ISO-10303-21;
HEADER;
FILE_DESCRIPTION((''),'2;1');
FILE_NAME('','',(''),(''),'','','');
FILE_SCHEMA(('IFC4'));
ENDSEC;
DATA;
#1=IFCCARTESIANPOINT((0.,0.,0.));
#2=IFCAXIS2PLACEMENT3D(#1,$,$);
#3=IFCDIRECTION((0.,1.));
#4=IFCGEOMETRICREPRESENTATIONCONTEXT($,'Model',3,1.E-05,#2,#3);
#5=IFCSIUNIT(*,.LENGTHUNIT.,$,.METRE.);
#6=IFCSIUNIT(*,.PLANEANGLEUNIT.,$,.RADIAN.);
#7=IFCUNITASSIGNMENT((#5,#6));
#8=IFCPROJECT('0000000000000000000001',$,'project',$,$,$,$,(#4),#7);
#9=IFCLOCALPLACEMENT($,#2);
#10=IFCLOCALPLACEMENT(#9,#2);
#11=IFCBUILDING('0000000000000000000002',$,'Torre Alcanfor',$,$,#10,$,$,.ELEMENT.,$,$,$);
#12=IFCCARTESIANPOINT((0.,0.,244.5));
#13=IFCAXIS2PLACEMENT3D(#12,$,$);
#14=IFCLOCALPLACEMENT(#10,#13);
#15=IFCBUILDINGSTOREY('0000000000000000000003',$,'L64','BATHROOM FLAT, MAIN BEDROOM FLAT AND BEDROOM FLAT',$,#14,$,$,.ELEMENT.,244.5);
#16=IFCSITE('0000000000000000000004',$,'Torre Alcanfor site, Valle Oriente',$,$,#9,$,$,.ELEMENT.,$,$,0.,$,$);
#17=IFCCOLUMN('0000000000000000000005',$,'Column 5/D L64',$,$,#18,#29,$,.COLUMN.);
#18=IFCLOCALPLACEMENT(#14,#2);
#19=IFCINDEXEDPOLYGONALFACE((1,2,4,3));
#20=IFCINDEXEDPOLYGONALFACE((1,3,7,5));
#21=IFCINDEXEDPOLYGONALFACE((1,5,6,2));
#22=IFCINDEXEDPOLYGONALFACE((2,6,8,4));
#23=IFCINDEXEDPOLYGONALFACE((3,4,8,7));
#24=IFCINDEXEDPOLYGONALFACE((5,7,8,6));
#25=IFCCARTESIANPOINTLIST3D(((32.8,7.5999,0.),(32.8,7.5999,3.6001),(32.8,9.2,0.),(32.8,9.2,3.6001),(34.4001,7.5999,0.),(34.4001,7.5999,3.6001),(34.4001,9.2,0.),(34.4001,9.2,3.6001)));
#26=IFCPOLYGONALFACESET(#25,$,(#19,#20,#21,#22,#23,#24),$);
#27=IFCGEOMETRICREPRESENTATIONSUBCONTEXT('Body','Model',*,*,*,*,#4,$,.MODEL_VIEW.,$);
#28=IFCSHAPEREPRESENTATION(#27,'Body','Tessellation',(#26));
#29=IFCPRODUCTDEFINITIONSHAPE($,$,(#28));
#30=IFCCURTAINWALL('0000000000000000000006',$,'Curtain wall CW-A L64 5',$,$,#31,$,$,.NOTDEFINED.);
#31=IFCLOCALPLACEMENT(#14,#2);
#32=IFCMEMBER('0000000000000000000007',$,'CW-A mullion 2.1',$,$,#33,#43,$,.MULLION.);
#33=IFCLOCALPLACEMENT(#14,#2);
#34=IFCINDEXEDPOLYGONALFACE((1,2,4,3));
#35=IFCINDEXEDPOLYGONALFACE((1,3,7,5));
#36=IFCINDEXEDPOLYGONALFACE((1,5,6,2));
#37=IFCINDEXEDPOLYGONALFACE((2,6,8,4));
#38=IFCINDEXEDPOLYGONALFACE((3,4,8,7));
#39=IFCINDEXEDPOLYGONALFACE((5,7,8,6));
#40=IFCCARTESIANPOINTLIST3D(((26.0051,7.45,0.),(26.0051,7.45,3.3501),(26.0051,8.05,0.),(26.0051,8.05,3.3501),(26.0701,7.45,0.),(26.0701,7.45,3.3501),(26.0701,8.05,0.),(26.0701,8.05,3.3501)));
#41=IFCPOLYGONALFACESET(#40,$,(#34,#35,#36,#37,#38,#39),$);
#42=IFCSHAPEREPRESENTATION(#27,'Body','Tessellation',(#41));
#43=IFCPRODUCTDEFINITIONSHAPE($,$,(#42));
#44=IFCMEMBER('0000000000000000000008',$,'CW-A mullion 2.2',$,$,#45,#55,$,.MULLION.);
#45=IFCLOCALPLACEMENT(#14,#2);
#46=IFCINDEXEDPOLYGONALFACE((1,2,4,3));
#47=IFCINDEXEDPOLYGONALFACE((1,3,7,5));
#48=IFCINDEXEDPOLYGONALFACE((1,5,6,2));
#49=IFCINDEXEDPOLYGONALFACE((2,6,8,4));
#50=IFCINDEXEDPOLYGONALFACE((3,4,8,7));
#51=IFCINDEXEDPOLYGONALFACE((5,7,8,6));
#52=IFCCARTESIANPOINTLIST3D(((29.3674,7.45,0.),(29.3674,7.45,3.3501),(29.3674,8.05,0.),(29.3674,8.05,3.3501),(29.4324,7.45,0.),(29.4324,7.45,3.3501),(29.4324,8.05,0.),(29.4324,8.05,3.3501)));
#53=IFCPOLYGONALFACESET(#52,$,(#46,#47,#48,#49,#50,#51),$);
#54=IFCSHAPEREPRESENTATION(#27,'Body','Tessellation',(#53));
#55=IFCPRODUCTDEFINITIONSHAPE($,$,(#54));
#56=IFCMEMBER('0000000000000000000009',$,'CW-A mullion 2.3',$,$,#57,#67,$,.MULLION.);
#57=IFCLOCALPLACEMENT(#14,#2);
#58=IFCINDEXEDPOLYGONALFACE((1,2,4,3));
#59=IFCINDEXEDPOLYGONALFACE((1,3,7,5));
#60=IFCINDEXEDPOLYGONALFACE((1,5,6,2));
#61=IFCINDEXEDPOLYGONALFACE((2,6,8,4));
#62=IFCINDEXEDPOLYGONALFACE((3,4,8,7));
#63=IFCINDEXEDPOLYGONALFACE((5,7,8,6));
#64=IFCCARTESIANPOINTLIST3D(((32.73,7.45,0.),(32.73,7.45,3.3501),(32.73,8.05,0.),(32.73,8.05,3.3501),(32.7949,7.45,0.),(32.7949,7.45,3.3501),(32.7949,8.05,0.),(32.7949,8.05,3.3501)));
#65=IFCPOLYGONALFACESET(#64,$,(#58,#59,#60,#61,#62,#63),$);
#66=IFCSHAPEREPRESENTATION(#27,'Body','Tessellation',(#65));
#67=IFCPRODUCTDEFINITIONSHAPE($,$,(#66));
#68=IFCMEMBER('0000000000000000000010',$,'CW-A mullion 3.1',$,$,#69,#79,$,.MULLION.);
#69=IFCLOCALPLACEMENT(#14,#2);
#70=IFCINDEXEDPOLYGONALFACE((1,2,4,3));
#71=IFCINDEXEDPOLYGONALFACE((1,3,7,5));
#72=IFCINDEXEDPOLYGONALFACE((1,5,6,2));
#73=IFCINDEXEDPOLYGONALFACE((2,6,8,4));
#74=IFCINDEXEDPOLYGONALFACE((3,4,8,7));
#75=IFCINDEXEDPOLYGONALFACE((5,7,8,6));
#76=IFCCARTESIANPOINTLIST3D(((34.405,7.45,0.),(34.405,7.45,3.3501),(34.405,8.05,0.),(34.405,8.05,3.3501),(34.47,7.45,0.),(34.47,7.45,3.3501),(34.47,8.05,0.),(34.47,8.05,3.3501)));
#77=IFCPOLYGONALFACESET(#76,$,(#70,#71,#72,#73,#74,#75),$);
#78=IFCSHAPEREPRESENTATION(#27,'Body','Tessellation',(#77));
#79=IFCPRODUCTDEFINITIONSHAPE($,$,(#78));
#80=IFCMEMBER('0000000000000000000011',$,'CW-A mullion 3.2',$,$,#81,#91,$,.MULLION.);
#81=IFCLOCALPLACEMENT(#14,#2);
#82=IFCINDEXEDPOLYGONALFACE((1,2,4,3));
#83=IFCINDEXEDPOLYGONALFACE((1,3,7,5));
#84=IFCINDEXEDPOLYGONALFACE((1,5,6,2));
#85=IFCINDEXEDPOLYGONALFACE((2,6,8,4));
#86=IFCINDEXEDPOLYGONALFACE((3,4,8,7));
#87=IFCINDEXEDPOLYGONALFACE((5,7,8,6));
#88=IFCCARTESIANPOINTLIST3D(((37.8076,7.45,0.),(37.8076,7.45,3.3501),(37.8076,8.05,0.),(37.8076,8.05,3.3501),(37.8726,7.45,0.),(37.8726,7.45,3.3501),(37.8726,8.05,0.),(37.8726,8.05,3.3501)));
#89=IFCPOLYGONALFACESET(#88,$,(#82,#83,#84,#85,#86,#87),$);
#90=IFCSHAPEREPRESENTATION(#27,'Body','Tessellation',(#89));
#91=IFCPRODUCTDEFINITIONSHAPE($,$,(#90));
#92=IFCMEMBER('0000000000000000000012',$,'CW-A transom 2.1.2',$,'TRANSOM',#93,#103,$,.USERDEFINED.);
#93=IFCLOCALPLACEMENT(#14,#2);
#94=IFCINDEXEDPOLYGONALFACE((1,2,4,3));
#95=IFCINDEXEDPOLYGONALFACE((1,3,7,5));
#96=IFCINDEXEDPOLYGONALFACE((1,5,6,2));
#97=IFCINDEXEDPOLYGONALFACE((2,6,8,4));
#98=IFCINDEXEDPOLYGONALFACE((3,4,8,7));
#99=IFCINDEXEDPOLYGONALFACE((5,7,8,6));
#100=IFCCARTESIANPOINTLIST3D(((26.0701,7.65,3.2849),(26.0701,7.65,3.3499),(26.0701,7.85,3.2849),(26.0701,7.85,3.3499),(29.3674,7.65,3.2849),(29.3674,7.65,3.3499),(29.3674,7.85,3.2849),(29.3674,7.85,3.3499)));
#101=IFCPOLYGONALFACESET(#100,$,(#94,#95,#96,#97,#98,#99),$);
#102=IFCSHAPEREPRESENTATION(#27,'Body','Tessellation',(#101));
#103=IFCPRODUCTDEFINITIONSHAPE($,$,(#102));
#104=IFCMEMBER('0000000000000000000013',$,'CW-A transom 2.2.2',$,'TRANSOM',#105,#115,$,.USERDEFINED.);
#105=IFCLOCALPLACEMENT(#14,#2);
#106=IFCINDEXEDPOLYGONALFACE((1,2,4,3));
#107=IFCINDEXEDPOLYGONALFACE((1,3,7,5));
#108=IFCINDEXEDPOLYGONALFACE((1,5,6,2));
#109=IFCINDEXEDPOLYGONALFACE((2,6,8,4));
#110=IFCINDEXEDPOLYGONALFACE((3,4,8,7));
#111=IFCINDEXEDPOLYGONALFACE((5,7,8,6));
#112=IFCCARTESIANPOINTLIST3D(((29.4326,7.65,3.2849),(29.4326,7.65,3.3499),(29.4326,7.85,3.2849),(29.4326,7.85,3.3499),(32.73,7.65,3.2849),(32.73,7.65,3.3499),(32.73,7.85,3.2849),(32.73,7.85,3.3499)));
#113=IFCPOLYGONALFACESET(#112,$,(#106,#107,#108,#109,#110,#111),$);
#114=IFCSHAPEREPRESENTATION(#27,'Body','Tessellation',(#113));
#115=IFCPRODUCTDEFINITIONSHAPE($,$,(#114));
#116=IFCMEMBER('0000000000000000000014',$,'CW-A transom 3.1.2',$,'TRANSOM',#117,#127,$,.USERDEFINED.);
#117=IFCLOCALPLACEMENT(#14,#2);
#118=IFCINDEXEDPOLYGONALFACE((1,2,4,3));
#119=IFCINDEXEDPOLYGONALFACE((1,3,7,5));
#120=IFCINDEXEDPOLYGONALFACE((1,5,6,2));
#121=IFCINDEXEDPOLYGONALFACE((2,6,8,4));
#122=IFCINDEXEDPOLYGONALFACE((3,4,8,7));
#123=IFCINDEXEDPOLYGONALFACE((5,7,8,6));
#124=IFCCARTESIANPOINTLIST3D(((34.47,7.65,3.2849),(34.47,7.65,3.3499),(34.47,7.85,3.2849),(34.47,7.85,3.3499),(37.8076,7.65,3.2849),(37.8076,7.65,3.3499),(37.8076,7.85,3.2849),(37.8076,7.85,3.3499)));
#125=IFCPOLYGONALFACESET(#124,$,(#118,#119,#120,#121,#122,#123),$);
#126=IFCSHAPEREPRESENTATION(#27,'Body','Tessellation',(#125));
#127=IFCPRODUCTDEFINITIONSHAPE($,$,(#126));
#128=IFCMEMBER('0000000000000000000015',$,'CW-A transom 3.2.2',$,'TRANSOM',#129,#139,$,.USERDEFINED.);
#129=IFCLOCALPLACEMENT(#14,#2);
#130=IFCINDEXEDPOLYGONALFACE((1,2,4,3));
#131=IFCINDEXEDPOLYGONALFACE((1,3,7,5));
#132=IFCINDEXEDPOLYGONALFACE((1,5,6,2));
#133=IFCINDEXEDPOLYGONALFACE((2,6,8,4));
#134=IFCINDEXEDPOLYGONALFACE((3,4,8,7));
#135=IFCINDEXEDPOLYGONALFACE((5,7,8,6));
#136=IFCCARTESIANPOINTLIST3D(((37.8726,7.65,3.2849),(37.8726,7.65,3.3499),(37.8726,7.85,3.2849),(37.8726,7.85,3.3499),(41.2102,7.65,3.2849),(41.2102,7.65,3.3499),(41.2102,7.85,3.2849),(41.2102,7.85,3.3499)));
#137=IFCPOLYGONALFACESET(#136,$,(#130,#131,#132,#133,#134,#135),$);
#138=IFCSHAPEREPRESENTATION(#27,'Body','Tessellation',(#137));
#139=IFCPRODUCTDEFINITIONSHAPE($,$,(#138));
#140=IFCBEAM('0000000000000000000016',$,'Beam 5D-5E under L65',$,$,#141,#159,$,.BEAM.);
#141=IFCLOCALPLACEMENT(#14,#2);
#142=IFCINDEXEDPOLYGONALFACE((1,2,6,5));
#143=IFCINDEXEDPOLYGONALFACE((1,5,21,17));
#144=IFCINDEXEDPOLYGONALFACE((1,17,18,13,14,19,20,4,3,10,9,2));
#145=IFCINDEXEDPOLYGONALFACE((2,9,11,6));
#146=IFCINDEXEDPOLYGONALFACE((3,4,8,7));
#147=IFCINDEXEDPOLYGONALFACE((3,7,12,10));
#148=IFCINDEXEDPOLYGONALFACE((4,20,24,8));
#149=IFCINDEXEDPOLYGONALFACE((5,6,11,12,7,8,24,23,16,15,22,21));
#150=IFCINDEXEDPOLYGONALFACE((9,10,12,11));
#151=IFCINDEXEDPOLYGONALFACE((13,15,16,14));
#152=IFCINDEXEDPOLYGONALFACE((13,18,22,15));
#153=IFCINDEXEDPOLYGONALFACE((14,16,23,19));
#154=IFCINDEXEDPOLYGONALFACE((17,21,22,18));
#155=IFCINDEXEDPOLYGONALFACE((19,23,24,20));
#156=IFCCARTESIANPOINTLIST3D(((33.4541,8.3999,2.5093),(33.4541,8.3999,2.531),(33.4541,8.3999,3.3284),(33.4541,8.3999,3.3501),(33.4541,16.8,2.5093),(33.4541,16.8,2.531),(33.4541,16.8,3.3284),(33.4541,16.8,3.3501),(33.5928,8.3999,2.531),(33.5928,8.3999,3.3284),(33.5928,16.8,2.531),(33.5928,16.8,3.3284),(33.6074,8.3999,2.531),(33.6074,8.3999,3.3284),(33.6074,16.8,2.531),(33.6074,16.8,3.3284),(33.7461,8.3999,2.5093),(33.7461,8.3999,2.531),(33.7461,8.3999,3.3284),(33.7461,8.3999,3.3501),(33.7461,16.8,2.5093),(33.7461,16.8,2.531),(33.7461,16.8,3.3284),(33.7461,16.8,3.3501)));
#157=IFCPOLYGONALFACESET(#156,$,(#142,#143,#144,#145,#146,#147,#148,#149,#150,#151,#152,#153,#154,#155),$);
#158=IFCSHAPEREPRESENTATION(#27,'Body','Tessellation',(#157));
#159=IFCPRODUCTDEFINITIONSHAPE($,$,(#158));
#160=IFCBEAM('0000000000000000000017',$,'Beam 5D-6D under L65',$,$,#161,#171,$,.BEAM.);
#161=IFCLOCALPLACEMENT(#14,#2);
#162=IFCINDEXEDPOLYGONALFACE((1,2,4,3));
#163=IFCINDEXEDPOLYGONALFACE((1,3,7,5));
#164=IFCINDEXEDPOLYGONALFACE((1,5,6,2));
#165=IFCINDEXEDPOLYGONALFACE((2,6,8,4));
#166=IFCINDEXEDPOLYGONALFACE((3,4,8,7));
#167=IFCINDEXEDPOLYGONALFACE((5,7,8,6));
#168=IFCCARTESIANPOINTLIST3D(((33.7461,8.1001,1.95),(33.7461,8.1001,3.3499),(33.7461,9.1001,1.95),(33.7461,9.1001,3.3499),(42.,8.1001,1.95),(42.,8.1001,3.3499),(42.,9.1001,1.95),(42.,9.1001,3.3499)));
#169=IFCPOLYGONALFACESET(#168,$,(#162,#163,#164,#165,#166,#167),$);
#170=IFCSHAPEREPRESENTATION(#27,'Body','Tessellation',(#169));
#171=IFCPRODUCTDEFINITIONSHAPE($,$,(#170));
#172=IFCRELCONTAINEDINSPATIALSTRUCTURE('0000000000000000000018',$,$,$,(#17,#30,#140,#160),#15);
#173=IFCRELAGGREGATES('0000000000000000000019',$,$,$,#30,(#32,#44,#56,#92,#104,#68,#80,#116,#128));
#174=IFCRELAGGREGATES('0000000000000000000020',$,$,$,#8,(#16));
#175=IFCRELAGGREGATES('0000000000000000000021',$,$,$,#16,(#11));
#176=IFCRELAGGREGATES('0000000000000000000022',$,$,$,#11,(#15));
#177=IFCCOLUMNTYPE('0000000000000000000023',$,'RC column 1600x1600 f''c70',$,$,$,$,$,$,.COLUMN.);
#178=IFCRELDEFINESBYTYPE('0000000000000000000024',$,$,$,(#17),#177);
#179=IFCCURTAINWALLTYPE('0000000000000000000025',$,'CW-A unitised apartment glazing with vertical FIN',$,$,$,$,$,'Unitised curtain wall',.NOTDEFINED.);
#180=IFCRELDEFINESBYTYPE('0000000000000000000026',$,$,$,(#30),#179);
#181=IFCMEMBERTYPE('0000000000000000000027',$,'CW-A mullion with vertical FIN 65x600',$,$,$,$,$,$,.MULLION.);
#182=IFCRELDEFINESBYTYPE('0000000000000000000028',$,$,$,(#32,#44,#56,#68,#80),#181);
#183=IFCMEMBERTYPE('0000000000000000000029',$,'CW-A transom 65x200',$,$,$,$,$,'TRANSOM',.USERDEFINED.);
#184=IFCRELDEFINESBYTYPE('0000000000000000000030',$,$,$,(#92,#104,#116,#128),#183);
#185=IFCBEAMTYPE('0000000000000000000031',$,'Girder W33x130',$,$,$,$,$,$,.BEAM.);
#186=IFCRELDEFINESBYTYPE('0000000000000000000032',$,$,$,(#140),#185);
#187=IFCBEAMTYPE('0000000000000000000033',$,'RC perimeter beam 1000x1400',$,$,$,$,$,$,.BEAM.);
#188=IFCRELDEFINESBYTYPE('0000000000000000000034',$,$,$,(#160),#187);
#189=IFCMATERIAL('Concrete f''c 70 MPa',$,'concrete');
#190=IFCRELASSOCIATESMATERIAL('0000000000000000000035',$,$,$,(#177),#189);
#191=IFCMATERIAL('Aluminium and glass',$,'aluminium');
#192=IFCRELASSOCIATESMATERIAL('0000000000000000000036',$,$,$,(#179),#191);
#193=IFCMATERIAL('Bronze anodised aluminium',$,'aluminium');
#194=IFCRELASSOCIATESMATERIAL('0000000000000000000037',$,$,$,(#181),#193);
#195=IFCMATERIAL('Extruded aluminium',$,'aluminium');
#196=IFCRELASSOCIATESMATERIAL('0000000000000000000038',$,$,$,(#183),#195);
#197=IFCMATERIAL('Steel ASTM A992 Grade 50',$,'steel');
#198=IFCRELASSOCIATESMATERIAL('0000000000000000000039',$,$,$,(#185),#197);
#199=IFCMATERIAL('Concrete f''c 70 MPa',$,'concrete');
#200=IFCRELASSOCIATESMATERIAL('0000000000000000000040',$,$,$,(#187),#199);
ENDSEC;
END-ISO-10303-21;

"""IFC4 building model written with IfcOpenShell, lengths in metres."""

from ifc_helpers import new_model, si_unit, direction, frame, origin, origin_2d, place, context, subcontext, project, spatial, rectangle, i_section, extrude, material, material_profile, profile_set, type_object, element, aggregate, save


model = new_model("IFC4")

# Units and contexts
model_context = context("Model", 3, precision=1e-05, world=origin(), true_north=direction((0.0, 1.0)))
body_context = subcontext(model_context, "Body", "Model", "MODEL_VIEW")
ifc_project = project(units=[si_unit("LENGTHUNIT", "METRE"), si_unit("PLANEANGLEUNIT", "RADIAN")], contexts=[model_context])

# Site, building, storey
site_placement = place(None, origin())
site = spatial("IfcSite", under=ifc_project, at=site_placement, Name="Torre Alcanfor site, Valle Oriente", CompositionType="ELEMENT", RefElevation=0.0)
building_placement = place(site_placement, origin())
building = spatial("IfcBuilding", under=site, at=building_placement, Name="Torre Alcanfor", CompositionType="ELEMENT")
storey_placement = place(building_placement, frame((0.0, 0.0, 244.5)))
storey = spatial("IfcBuildingStorey", under=building, at=storey_placement, Name="L64", Description="BATHROOM FLAT, MAIN BEDROOM FLAT AND BEDROOM FLAT", CompositionType="ELEMENT", Elevation=244.5)

# Column
ifc_material_1 = material(Name="Concrete f'c 70 MPa", Category="concrete")
ifc_material_profile_1 = material_profile(ifc_material_1, rectangle(XDim=1.6001, YDim=1.6001, at=origin_2d()), Name="1600x1600")
ifc_profile_set_1 = profile_set([ifc_material_profile_1], Name="Concrete f'c 70 MPa")
column_type = type_object("IfcColumnType", Name="RC column 1600x1600 f'c70", PredefinedType="COLUMN", material=ifc_profile_set_1)
column_placement = place(storey_placement, frame((33.6001, 8.3999, 0.0), z_axis=(0.0, 0.0, 1.0), x_axis=(1.0, 0.0, 0.0)))
element("IfcColumn", 1, at=column_placement, inside=storey, type_object=column_type, Name="Column 5/D L64", PredefinedType="COLUMN", context=body_context, shape_type="SweptSolid", body=[
    extrude(rectangle(XDim=1.6001, YDim=1.6001, at=origin_2d()), origin(), (0.0, 0.0, 1.0), 3.6001),
])

# Curtain wall, members
ifc_material_2 = material(Name="Aluminium and glass", Category="aluminium")
curtain_wall_type = type_object("IfcCurtainWallType", Name="CW-A unitised apartment glazing with vertical FIN", ElementType="Unitised curtain wall", PredefinedType="NOTDEFINED", material=ifc_material_2)
curtain_wall_placement = place(storey_placement, origin())
curtain_wall = element("IfcCurtainWall", 2, at=curtain_wall_placement, inside=storey, type_object=curtain_wall_type, Name="Curtain wall CW-A L64 5", PredefinedType="NOTDEFINED")
ifc_material_3 = material(Name="Bronze anodised aluminium", Category="aluminium")
ifc_material_profile_2 = material_profile(ifc_material_3, rectangle(XDim=0.6001, YDim=0.0649, at=origin_2d()), Name="CW-A mullion 65x600")
ifc_profile_set_2 = profile_set([ifc_material_profile_2], Name="Bronze anodised aluminium")
member_type_1 = type_object("IfcMemberType", Name="CW-A mullion with vertical FIN 65x600", PredefinedType="MULLION", material=ifc_profile_set_2)
member_1_placement = place(storey_placement, frame((26.0376, 7.75, 0.0), z_axis=(0.0, 0.0, 1.0), x_axis=(0.0, 1.0, 0.0)))
member_1 = element("IfcMember", 3, at=member_1_placement, type_object=member_type_1, Name="CW-A mullion 2.1", PredefinedType="MULLION", context=body_context, shape_type="SweptSolid", body=[
    extrude(rectangle(XDim=0.6001, YDim=0.0649, at=origin_2d()), origin(), (0.0, 0.0, 1.0), 3.3501),
])
member_2_placement = place(storey_placement, frame((29.3999, 7.75, 0.0), z_axis=(0.0, 0.0, 1.0), x_axis=(0.0, 1.0, 0.0)))
member_2 = element("IfcMember", 4, at=member_2_placement, type_object=member_type_1, Name="CW-A mullion 2.2", PredefinedType="MULLION", context=body_context, shape_type="SweptSolid", body=[
    extrude(rectangle(XDim=0.6001, YDim=0.0649, at=origin_2d()), origin(), (0.0, 0.0, 1.0), 3.3501),
])
member_3_placement = place(storey_placement, frame((32.7625, 7.75, 0.0), z_axis=(0.0, 0.0, 1.0), x_axis=(0.0, 1.0, 0.0)))
member_3 = element("IfcMember", 5, at=member_3_placement, type_object=member_type_1, Name="CW-A mullion 2.3", PredefinedType="MULLION", context=body_context, shape_type="SweptSolid", body=[
    extrude(rectangle(XDim=0.6001, YDim=0.0649, at=origin_2d()), origin(), (0.0, 0.0, 1.0), 3.3501),
])
member_4_placement = place(storey_placement, frame((34.4375, 7.75, 0.0), z_axis=(0.0, 0.0, 1.0), x_axis=(0.0, 1.0, 0.0)))
member_4 = element("IfcMember", 6, at=member_4_placement, type_object=member_type_1, Name="CW-A mullion 3.1", PredefinedType="MULLION", context=body_context, shape_type="SweptSolid", body=[
    extrude(rectangle(XDim=0.6001, YDim=0.0649, at=origin_2d()), origin(), (0.0, 0.0, 1.0), 3.3501),
])
member_5_placement = place(storey_placement, frame((37.8401, 7.75, 0.0), z_axis=(0.0, 0.0, 1.0), x_axis=(0.0, 1.0, 0.0)))
member_5 = element("IfcMember", 7, at=member_5_placement, type_object=member_type_1, Name="CW-A mullion 3.2", PredefinedType="MULLION", context=body_context, shape_type="SweptSolid", body=[
    extrude(rectangle(XDim=0.6001, YDim=0.0649, at=origin_2d()), origin(), (0.0, 0.0, 1.0), 3.3501),
])
ifc_material_4 = material(Name="Extruded aluminium", Category="aluminium")
ifc_material_profile_3 = material_profile(ifc_material_4, rectangle(XDim=0.2, YDim=0.0649, at=origin_2d()), Name="CW-A transom 200x65")
ifc_profile_set_3 = profile_set([ifc_material_profile_3], Name="Extruded aluminium")
member_type_2 = type_object("IfcMemberType", Name="CW-A transom 65x200", ElementType="TRANSOM", PredefinedType="USERDEFINED", material=ifc_profile_set_3)
member_6_placement = place(storey_placement, frame((26.0701, 7.75, 3.3174), z_axis=(1.0, 0.0, 0.0), x_axis=(0.0, 1.0, 0.0)))
member_6 = element("IfcMember", 8, at=member_6_placement, type_object=member_type_2, Name="CW-A transom 2.1.2", ObjectType="TRANSOM", PredefinedType="USERDEFINED", context=body_context, shape_type="SweptSolid", body=[
    extrude(rectangle(XDim=0.2, YDim=0.0649, at=origin_2d()), origin(), (0.0, 0.0, 1.0), 3.2974),
])
member_7_placement = place(storey_placement, frame((29.4326, 7.75, 3.3174), z_axis=(1.0, 0.0, 0.0), x_axis=(0.0, 1.0, 0.0)))
member_7 = element("IfcMember", 9, at=member_7_placement, type_object=member_type_2, Name="CW-A transom 2.2.2", ObjectType="TRANSOM", PredefinedType="USERDEFINED", context=body_context, shape_type="SweptSolid", body=[
    extrude(rectangle(XDim=0.2, YDim=0.0649, at=origin_2d()), origin(), (0.0, 0.0, 1.0), 3.2974),
])
member_8_placement = place(storey_placement, frame((34.47, 7.75, 3.3174), z_axis=(1.0, 0.0, 0.0), x_axis=(0.0, 1.0, 0.0)))
member_8 = element("IfcMember", 10, at=member_8_placement, type_object=member_type_2, Name="CW-A transom 3.1.2", ObjectType="TRANSOM", PredefinedType="USERDEFINED", context=body_context, shape_type="SweptSolid", body=[
    extrude(rectangle(XDim=0.2, YDim=0.0649, at=origin_2d()), origin(), (0.0, 0.0, 1.0), 3.3376),
])
member_9_placement = place(storey_placement, frame((37.8726, 7.75, 3.3174), z_axis=(1.0, 0.0, 0.0), x_axis=(0.0, 1.0, 0.0)))
member_9 = element("IfcMember", 11, at=member_9_placement, type_object=member_type_2, Name="CW-A transom 3.2.2", ObjectType="TRANSOM", PredefinedType="USERDEFINED", context=body_context, shape_type="SweptSolid", body=[
    extrude(rectangle(XDim=0.2, YDim=0.0649, at=origin_2d()), origin(), (0.0, 0.0, 1.0), 3.3376),
])

# Beams
ifc_material_5 = material(Name="Steel ASTM A992 Grade 50", Category="steel")
ifc_material_profile_4 = material_profile(ifc_material_5, i_section(OverallWidth=0.292, OverallDepth=0.8408, WebThickness=0.0146, FlangeThickness=0.0217, at=origin_2d()), Name="W33x130")
ifc_profile_set_4 = profile_set([ifc_material_profile_4], Name="Steel ASTM A992 Grade 50")
beam_type_1 = type_object("IfcBeamType", Name="Girder W33x130", PredefinedType="BEAM", material=ifc_profile_set_4)
beam_1_placement = place(storey_placement, frame((33.6001, 8.3999, 2.9297), z_axis=(0.0, 1.0, 0.0), x_axis=(-1.0, 0.0, 0.0)))
element("IfcBeam", 12, at=beam_1_placement, inside=storey, type_object=beam_type_1, Name="Beam 5D-5E under L65", PredefinedType="BEAM", context=body_context, shape_type="SweptSolid", body=[
    extrude(i_section(OverallWidth=0.292, OverallDepth=0.8408, WebThickness=0.0146, FlangeThickness=0.0217, at=origin_2d()), origin(), (0.0, 0.0, 1.0), 8.4001),
])
ifc_material_6 = material(Name="Concrete f'c 70 MPa", Category="concrete")
ifc_material_profile_5 = material_profile(ifc_material_6, rectangle(XDim=1.0, YDim=1.3999, at=origin_2d()), Name="1000x1400")
ifc_profile_set_5 = profile_set([ifc_material_profile_5], Name="Concrete f'c 70 MPa")
beam_type_2 = type_object("IfcBeamType", Name="RC perimeter beam 1000x1400", PredefinedType="BEAM", material=ifc_profile_set_5)
beam_2_placement = place(storey_placement, frame((33.7461, 8.6001, 2.6499), z_axis=(1.0, 0.0, 0.0), x_axis=(0.0, 1.0, 0.0)))
element("IfcBeam", 13, at=beam_2_placement, inside=storey, type_object=beam_type_2, Name="Beam 5D-6D under L65", PredefinedType="BEAM", context=body_context, shape_type="SweptSolid", body=[
    extrude(rectangle(XDim=1.0, YDim=1.3999, at=origin_2d()), origin(), (0.0, 0.0, 1.0), 8.2539),
])

aggregate(curtain_wall, [member_1, member_2, member_3, member_6, member_7, member_4, member_5, member_8, member_9])

save(model, "model.ifc")
